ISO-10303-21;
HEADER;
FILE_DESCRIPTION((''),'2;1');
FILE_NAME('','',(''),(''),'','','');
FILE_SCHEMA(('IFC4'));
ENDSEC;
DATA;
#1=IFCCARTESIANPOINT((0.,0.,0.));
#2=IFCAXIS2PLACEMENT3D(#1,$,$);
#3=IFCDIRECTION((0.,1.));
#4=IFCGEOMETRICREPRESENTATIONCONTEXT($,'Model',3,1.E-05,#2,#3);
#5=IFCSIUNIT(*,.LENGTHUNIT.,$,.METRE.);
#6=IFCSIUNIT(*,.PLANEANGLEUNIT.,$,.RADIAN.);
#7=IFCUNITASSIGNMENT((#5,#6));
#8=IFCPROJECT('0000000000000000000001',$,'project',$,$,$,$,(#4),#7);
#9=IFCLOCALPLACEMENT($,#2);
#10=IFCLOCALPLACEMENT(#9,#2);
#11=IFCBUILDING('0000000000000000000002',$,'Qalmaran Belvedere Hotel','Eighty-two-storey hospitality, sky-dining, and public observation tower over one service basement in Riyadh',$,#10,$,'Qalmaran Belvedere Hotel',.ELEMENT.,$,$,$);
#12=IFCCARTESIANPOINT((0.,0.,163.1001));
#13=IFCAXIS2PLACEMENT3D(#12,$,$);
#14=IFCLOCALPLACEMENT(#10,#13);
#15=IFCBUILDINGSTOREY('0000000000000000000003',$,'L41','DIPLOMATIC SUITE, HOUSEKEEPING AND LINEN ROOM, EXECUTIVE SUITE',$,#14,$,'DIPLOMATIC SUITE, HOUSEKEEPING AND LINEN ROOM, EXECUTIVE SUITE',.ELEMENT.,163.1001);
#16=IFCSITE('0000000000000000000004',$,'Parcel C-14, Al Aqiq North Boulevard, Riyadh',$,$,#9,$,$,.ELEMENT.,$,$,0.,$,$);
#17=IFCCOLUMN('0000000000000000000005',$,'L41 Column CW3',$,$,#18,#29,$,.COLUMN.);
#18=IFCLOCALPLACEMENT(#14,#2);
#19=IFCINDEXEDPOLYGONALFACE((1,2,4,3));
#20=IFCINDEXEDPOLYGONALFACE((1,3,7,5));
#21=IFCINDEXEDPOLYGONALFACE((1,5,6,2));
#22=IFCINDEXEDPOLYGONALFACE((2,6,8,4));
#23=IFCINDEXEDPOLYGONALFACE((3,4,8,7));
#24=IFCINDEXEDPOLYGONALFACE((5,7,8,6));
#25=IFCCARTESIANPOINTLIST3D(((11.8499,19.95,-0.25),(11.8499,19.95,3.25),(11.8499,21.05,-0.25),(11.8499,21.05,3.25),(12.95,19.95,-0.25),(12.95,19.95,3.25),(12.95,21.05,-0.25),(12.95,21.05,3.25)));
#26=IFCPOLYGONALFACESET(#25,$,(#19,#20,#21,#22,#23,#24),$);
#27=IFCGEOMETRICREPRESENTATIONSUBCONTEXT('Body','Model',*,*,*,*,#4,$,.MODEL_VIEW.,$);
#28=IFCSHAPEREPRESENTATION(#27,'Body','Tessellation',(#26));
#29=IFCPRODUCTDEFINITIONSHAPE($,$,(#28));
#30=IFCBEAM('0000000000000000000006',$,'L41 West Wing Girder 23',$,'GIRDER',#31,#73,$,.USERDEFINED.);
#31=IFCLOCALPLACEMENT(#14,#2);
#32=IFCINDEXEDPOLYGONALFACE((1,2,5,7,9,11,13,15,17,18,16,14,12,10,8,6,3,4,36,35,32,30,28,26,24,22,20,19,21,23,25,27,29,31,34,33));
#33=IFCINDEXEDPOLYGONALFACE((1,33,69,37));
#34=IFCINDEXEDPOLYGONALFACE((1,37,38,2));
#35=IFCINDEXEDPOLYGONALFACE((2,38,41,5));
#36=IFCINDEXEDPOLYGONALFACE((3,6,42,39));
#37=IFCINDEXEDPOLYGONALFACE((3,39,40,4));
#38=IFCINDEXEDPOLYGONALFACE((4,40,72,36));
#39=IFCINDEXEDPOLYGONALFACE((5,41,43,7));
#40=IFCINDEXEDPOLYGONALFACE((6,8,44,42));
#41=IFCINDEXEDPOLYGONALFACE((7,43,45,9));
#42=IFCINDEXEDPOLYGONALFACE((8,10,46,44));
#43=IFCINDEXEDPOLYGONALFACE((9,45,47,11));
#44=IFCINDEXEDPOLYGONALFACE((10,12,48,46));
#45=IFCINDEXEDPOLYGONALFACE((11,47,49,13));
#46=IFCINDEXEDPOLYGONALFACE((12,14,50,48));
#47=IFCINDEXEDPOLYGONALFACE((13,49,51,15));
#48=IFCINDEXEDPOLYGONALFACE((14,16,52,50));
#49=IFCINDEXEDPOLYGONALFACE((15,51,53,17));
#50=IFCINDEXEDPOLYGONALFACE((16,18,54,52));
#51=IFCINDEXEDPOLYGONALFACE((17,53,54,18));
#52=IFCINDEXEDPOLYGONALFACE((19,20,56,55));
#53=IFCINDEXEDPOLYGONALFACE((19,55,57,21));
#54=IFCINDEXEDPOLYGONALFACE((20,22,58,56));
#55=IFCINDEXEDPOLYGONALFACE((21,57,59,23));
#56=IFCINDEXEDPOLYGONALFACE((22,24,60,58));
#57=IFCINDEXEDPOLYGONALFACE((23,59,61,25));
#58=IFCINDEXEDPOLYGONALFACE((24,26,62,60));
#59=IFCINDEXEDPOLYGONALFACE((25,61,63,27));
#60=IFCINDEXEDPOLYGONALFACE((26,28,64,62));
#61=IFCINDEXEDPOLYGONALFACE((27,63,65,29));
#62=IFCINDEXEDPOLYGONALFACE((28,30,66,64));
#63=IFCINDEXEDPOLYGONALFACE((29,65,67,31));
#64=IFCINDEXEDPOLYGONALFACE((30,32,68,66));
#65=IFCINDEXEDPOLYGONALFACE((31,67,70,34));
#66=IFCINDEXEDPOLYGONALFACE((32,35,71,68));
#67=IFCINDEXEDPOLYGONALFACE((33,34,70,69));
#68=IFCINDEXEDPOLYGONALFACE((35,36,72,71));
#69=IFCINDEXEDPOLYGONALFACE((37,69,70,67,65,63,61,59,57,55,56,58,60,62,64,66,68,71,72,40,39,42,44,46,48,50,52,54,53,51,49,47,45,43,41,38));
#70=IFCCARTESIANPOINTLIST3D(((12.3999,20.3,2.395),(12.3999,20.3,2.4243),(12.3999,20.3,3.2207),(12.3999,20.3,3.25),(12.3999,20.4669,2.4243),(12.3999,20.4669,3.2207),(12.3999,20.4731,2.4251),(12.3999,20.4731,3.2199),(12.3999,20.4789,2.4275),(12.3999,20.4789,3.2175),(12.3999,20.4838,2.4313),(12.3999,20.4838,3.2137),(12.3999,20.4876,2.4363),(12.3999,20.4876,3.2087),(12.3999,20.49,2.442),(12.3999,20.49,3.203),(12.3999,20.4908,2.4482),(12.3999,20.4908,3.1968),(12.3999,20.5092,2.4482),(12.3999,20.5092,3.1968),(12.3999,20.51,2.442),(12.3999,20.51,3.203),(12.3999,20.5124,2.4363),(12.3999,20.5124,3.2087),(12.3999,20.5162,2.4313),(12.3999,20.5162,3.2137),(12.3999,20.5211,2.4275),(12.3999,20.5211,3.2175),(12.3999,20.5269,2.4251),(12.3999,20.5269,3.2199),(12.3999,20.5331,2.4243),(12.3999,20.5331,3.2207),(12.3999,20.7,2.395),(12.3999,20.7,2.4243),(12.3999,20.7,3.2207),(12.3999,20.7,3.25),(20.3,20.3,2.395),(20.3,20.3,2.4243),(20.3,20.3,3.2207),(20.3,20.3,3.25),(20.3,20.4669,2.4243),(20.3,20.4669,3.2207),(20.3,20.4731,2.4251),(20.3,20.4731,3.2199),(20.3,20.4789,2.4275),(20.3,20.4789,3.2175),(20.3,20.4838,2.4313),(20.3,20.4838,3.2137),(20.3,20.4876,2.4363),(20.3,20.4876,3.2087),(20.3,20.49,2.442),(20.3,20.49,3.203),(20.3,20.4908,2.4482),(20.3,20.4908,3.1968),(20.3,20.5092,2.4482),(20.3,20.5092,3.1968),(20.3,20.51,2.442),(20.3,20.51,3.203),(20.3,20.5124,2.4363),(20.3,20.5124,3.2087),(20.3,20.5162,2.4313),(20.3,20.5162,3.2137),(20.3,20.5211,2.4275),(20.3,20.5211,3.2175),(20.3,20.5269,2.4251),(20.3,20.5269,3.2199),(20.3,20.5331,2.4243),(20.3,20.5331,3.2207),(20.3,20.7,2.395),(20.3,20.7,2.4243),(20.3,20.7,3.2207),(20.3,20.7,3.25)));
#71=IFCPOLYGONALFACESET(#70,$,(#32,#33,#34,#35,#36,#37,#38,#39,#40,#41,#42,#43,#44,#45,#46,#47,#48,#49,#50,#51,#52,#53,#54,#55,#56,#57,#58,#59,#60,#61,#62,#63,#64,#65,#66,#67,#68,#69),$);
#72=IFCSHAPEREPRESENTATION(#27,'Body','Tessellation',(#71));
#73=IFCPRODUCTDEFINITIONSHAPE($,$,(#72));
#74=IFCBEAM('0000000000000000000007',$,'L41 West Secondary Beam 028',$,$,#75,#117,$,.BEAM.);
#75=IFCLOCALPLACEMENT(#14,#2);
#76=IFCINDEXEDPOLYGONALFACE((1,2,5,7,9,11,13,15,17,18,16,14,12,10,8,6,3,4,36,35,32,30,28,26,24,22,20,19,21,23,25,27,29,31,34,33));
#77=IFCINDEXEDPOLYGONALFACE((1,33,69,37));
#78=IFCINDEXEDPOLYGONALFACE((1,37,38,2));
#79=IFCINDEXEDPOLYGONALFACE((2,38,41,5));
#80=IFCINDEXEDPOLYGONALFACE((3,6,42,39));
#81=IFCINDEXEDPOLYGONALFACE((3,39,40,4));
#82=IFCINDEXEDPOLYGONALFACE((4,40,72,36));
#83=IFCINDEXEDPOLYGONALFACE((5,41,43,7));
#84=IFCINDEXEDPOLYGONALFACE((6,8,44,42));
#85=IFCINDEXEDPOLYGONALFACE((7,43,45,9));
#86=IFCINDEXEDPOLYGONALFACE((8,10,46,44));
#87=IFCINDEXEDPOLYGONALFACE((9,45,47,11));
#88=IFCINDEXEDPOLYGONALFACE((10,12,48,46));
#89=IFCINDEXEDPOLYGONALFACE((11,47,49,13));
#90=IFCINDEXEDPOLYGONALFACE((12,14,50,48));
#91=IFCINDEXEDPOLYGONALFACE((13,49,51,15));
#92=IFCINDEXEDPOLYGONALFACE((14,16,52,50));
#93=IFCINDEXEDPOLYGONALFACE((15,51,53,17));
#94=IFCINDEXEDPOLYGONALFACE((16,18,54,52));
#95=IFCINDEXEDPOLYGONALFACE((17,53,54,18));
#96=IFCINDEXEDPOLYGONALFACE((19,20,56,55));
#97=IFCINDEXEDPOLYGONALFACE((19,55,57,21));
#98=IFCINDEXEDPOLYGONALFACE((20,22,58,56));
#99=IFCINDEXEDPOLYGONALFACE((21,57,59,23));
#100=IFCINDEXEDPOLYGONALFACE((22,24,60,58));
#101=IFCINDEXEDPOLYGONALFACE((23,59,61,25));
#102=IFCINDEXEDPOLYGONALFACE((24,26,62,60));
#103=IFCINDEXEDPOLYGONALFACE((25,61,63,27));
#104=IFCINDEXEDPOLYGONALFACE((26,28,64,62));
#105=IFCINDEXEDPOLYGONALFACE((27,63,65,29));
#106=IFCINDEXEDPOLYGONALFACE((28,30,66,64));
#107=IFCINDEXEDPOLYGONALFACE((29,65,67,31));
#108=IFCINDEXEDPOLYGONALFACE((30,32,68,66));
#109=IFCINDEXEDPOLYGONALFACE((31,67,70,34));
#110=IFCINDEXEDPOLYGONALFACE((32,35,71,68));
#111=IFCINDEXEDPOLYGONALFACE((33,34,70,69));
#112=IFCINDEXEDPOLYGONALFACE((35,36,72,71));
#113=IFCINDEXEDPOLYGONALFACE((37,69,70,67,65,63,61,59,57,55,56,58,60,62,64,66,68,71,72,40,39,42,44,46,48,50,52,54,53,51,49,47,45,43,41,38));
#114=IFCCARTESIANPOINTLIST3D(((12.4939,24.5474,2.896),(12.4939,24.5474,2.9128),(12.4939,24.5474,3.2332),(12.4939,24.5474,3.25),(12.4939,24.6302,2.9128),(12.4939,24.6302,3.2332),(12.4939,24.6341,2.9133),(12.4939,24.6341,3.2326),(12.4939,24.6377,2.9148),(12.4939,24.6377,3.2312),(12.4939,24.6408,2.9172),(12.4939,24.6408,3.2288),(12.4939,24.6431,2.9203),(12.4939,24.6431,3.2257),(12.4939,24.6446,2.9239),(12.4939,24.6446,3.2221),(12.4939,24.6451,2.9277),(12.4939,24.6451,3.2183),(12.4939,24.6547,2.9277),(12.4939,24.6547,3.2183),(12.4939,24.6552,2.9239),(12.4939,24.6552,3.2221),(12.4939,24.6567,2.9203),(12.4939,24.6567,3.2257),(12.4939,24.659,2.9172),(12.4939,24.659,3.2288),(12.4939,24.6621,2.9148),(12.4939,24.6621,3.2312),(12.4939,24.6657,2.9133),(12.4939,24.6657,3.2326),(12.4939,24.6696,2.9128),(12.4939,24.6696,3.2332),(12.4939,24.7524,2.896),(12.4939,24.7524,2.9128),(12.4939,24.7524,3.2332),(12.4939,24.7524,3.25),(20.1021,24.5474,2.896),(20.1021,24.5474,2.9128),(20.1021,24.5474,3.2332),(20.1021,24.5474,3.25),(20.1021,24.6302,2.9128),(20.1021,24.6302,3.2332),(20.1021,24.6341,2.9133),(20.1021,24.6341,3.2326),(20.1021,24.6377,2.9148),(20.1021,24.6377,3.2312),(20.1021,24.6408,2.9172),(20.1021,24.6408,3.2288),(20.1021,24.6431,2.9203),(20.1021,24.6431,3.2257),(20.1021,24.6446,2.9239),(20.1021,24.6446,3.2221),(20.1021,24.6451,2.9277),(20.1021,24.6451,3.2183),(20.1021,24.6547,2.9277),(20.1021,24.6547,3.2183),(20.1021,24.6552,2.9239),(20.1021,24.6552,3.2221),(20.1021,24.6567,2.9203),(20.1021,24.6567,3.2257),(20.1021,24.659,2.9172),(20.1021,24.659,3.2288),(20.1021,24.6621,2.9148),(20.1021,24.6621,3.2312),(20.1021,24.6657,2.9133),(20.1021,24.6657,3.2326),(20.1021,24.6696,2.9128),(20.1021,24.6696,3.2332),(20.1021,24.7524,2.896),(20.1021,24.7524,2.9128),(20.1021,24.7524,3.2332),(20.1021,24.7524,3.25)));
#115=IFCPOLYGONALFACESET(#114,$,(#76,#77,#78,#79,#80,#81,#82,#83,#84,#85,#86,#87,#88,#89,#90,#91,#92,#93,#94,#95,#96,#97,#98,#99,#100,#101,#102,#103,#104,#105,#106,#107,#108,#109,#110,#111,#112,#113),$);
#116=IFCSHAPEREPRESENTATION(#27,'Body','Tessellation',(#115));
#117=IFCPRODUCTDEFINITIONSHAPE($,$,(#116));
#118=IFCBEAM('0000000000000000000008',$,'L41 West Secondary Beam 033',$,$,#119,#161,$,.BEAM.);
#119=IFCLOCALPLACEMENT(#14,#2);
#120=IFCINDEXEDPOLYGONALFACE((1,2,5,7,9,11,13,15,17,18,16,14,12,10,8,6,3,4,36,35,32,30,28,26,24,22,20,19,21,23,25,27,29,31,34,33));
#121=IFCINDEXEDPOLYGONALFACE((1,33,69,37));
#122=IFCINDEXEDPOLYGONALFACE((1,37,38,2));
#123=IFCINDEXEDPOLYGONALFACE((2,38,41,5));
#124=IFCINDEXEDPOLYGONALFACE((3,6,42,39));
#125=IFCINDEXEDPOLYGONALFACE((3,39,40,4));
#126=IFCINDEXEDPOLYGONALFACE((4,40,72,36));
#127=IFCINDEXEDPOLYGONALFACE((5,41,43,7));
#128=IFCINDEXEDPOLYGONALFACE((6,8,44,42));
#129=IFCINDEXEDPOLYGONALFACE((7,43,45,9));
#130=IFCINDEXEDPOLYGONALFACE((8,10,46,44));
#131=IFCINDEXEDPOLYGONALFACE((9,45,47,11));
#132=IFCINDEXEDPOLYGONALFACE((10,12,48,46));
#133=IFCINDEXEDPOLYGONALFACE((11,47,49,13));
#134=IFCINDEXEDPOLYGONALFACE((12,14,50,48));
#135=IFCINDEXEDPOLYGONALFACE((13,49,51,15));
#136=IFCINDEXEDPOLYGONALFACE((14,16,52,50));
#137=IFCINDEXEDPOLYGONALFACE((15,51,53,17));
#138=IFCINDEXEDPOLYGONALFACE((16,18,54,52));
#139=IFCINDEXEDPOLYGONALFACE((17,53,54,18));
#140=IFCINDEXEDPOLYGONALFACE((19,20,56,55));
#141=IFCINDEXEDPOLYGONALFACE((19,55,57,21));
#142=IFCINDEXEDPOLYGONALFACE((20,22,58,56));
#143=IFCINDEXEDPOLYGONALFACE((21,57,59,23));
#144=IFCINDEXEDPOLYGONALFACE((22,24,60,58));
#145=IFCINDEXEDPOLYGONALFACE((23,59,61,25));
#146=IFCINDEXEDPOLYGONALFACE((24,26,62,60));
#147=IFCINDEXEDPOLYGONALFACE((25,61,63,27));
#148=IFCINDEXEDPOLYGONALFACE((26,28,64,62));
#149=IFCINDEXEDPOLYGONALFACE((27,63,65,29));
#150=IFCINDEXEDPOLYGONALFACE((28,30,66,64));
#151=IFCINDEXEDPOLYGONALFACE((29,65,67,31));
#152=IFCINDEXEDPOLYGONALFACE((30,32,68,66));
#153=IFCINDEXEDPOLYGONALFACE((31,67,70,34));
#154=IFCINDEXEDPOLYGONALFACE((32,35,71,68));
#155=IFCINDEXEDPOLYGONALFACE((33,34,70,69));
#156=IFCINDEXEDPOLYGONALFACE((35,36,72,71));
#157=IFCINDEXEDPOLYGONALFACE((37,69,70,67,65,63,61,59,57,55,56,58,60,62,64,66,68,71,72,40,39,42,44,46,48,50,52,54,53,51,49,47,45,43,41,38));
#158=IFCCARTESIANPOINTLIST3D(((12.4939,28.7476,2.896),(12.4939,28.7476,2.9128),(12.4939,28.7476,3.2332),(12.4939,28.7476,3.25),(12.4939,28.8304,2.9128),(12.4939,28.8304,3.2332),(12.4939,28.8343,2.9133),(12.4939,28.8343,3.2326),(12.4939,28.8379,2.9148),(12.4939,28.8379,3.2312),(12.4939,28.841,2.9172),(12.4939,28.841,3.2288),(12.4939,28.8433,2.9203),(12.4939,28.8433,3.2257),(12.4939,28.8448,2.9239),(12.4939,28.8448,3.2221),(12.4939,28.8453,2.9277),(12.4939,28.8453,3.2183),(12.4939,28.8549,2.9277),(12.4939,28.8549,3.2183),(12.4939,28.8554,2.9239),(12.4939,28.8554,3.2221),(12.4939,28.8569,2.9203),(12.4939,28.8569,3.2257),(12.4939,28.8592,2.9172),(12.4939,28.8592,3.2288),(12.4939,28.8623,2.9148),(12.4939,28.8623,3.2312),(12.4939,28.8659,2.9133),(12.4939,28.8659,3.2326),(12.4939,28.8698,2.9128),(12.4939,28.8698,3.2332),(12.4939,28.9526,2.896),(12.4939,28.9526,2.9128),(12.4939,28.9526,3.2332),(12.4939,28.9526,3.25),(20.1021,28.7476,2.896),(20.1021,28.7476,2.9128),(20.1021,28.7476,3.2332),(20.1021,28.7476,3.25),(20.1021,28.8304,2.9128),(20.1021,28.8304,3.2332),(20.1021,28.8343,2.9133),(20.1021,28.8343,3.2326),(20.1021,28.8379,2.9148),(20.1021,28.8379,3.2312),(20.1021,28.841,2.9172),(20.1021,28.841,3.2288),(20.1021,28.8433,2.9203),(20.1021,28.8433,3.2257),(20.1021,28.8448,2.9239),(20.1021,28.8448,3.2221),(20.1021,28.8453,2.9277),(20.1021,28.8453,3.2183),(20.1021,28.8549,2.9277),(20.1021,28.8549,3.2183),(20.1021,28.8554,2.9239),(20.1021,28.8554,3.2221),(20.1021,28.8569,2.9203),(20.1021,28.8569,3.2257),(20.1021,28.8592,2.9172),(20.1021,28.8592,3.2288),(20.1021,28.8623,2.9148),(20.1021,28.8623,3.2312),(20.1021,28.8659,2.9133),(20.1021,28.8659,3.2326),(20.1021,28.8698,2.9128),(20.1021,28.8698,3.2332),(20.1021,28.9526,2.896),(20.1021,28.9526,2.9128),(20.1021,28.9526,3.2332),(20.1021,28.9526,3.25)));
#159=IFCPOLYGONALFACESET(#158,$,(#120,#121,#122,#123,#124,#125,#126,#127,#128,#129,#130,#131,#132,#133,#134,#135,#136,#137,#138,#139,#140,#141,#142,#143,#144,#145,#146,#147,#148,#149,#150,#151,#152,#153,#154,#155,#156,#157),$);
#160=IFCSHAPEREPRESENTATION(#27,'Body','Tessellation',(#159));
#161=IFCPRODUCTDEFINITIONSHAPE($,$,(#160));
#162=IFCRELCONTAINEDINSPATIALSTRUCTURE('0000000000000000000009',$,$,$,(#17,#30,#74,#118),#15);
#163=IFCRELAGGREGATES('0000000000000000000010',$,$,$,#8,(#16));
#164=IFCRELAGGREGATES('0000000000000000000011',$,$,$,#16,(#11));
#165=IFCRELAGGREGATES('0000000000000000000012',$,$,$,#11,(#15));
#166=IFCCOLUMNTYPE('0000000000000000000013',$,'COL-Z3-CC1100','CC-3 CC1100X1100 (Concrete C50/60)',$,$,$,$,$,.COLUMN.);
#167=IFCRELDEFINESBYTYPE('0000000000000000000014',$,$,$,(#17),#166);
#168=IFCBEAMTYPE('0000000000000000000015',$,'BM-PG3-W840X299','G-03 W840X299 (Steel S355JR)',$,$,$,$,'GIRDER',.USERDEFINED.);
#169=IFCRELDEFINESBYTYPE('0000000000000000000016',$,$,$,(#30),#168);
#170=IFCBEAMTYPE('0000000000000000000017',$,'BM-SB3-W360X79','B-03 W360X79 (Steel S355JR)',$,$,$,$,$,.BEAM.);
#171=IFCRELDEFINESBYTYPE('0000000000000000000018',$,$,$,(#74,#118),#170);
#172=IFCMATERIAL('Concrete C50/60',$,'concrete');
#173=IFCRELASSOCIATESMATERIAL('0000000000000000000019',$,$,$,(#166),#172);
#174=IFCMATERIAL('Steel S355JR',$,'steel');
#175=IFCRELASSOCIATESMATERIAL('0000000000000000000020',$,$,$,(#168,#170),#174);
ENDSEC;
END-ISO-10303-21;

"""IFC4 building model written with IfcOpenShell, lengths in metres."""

from ifc_helpers import new_model, si_unit, direction, frame, origin, origin_2d, place, context, subcontext, project, spatial, rectangle, i_section, extrude, material, material_profile, profile_set, type_object, element, save


model = new_model("IFC4")

# Units and contexts
model_context = context("Model", 3, precision=1e-05, world=origin(), true_north=direction((0.0, 1.0)))
body_context = subcontext(model_context, "Body", "Model", "MODEL_VIEW")
ifc_project = project(units=[si_unit("LENGTHUNIT", "METRE"), si_unit("PLANEANGLEUNIT", "RADIAN")], contexts=[model_context])

# Site, building, storey
site_placement = place(None, origin())
site = spatial("IfcSite", under=ifc_project, at=site_placement, Name="Parcel C-14, Al Aqiq North Boulevard, Riyadh", CompositionType="ELEMENT", RefElevation=0.0)
building_placement = place(site_placement, origin())
building = spatial("IfcBuilding", under=site, at=building_placement, Name="Qalmaran Belvedere Hotel", Description="Eighty-two-storey hospitality, sky-dining, and public observation tower over one service basement in Riyadh", LongName="Qalmaran Belvedere Hotel", CompositionType="ELEMENT")
storey_placement = place(building_placement, frame((0.0, 0.0, 163.1001)))
storey = spatial("IfcBuildingStorey", under=building, at=storey_placement, Name="L41", Description="DIPLOMATIC SUITE, HOUSEKEEPING AND LINEN ROOM, EXECUTIVE SUITE", LongName="DIPLOMATIC SUITE, HOUSEKEEPING AND LINEN ROOM, EXECUTIVE SUITE", CompositionType="ELEMENT", Elevation=163.1001)

# Column
ifc_material_1 = material(Name="Concrete C50/60", Category="concrete")
ifc_material_profile_1 = material_profile(ifc_material_1, rectangle(XDim=1.1001, YDim=1.1001, at=origin_2d()), Name="CC1100X1100")
ifc_profile_set_1 = profile_set([ifc_material_profile_1], Name="Concrete C50/60")
column_type = type_object("IfcColumnType", Name="COL-Z3-CC1100", Description="CC-3 CC1100X1100 (Concrete C50/60)", PredefinedType="COLUMN", material=ifc_profile_set_1)
column_placement = place(storey_placement, frame((12.3999, 20.5, -0.25), z_axis=(0.0, 0.0, 1.0), x_axis=(1.0, 0.0, 0.0)))
element("IfcColumn", 1, at=column_placement, inside=storey, type_object=column_type, Name="L41 Column CW3", PredefinedType="COLUMN", context=body_context, shape_type="SweptSolid", body=[
    extrude(rectangle(XDim=1.1001, YDim=1.1001, at=origin_2d()), origin(), (0.0, 0.0, 1.0), 3.5),
])

# Beams
ifc_material_2 = material(Name="Steel S355JR", Category="steel")
ifc_material_profile_2 = material_profile(ifc_material_2, i_section(OverallWidth=0.3999, OverallDepth=0.855, WebThickness=0.0183, FlangeThickness=0.0293, FilletRadius=0.0239, at=origin_2d()), Name="W840X299")
ifc_profile_set_2 = profile_set([ifc_material_profile_2], Name="Steel S355JR")
beam_type_1 = type_object("IfcBeamType", Name="BM-PG3-W840X299", Description="G-03 W840X299 (Steel S355JR)", ElementType="GIRDER", PredefinedType="USERDEFINED", material=ifc_profile_set_2)
beam_1_placement = place(storey_placement, frame((12.3999, 20.5, 2.8225), z_axis=(1.0, 0.0, 0.0), x_axis=(0.0, 1.0, 0.0)))
element("IfcBeam", 2, at=beam_1_placement, inside=storey, type_object=beam_type_1, Name="L41 West Wing Girder 23", ObjectType="GIRDER", PredefinedType="USERDEFINED", context=body_context, shape_type="SweptSolid", body=[
    extrude(i_section(OverallWidth=0.3999, OverallDepth=0.855, WebThickness=0.0183, FlangeThickness=0.0293, FilletRadius=0.0239, at=origin_2d()), origin(), (0.0, 0.0, 1.0), 7.9001),
])
ifc_material_profile_3 = material_profile(ifc_material_2, i_section(OverallWidth=0.2051, OverallDepth=0.354, WebThickness=0.0095, FlangeThickness=0.0168, FilletRadius=0.0149, at=origin_2d()), Name="W360X79")
ifc_profile_set_3 = profile_set([ifc_material_profile_3], Name="Steel S355JR")
beam_type_2 = type_object("IfcBeamType", Name="BM-SB3-W360X79", Description="B-03 W360X79 (Steel S355JR)", PredefinedType="BEAM", material=ifc_profile_set_3)
for number, where, z_axis, x_axis, name in (
    (3, (12.4939, 24.6499, 3.073), (1.0, 0.0, 0.0), (0.0, 1.0, 0.0), "L41 West Secondary Beam 028"),
    (4, (12.4939, 28.8501, 3.073), (1.0, 0.0, 0.0), (0.0, 1.0, 0.0), "L41 West Secondary Beam 033"),
):
    element("IfcBeam", number, at=place(storey_placement, frame(where, z_axis=z_axis, x_axis=x_axis)), inside=storey, type_object=beam_type_2, Name=name, PredefinedType="BEAM", context=body_context, shape_type="SweptSolid", body=[
        extrude(i_section(OverallWidth=0.2051, OverallDepth=0.354, WebThickness=0.0095, FlangeThickness=0.0168, FilletRadius=0.0149, at=origin_2d()), origin(), (0.0, 0.0, 1.0), 7.6082),
    ])

save(model, "model.ifc")
